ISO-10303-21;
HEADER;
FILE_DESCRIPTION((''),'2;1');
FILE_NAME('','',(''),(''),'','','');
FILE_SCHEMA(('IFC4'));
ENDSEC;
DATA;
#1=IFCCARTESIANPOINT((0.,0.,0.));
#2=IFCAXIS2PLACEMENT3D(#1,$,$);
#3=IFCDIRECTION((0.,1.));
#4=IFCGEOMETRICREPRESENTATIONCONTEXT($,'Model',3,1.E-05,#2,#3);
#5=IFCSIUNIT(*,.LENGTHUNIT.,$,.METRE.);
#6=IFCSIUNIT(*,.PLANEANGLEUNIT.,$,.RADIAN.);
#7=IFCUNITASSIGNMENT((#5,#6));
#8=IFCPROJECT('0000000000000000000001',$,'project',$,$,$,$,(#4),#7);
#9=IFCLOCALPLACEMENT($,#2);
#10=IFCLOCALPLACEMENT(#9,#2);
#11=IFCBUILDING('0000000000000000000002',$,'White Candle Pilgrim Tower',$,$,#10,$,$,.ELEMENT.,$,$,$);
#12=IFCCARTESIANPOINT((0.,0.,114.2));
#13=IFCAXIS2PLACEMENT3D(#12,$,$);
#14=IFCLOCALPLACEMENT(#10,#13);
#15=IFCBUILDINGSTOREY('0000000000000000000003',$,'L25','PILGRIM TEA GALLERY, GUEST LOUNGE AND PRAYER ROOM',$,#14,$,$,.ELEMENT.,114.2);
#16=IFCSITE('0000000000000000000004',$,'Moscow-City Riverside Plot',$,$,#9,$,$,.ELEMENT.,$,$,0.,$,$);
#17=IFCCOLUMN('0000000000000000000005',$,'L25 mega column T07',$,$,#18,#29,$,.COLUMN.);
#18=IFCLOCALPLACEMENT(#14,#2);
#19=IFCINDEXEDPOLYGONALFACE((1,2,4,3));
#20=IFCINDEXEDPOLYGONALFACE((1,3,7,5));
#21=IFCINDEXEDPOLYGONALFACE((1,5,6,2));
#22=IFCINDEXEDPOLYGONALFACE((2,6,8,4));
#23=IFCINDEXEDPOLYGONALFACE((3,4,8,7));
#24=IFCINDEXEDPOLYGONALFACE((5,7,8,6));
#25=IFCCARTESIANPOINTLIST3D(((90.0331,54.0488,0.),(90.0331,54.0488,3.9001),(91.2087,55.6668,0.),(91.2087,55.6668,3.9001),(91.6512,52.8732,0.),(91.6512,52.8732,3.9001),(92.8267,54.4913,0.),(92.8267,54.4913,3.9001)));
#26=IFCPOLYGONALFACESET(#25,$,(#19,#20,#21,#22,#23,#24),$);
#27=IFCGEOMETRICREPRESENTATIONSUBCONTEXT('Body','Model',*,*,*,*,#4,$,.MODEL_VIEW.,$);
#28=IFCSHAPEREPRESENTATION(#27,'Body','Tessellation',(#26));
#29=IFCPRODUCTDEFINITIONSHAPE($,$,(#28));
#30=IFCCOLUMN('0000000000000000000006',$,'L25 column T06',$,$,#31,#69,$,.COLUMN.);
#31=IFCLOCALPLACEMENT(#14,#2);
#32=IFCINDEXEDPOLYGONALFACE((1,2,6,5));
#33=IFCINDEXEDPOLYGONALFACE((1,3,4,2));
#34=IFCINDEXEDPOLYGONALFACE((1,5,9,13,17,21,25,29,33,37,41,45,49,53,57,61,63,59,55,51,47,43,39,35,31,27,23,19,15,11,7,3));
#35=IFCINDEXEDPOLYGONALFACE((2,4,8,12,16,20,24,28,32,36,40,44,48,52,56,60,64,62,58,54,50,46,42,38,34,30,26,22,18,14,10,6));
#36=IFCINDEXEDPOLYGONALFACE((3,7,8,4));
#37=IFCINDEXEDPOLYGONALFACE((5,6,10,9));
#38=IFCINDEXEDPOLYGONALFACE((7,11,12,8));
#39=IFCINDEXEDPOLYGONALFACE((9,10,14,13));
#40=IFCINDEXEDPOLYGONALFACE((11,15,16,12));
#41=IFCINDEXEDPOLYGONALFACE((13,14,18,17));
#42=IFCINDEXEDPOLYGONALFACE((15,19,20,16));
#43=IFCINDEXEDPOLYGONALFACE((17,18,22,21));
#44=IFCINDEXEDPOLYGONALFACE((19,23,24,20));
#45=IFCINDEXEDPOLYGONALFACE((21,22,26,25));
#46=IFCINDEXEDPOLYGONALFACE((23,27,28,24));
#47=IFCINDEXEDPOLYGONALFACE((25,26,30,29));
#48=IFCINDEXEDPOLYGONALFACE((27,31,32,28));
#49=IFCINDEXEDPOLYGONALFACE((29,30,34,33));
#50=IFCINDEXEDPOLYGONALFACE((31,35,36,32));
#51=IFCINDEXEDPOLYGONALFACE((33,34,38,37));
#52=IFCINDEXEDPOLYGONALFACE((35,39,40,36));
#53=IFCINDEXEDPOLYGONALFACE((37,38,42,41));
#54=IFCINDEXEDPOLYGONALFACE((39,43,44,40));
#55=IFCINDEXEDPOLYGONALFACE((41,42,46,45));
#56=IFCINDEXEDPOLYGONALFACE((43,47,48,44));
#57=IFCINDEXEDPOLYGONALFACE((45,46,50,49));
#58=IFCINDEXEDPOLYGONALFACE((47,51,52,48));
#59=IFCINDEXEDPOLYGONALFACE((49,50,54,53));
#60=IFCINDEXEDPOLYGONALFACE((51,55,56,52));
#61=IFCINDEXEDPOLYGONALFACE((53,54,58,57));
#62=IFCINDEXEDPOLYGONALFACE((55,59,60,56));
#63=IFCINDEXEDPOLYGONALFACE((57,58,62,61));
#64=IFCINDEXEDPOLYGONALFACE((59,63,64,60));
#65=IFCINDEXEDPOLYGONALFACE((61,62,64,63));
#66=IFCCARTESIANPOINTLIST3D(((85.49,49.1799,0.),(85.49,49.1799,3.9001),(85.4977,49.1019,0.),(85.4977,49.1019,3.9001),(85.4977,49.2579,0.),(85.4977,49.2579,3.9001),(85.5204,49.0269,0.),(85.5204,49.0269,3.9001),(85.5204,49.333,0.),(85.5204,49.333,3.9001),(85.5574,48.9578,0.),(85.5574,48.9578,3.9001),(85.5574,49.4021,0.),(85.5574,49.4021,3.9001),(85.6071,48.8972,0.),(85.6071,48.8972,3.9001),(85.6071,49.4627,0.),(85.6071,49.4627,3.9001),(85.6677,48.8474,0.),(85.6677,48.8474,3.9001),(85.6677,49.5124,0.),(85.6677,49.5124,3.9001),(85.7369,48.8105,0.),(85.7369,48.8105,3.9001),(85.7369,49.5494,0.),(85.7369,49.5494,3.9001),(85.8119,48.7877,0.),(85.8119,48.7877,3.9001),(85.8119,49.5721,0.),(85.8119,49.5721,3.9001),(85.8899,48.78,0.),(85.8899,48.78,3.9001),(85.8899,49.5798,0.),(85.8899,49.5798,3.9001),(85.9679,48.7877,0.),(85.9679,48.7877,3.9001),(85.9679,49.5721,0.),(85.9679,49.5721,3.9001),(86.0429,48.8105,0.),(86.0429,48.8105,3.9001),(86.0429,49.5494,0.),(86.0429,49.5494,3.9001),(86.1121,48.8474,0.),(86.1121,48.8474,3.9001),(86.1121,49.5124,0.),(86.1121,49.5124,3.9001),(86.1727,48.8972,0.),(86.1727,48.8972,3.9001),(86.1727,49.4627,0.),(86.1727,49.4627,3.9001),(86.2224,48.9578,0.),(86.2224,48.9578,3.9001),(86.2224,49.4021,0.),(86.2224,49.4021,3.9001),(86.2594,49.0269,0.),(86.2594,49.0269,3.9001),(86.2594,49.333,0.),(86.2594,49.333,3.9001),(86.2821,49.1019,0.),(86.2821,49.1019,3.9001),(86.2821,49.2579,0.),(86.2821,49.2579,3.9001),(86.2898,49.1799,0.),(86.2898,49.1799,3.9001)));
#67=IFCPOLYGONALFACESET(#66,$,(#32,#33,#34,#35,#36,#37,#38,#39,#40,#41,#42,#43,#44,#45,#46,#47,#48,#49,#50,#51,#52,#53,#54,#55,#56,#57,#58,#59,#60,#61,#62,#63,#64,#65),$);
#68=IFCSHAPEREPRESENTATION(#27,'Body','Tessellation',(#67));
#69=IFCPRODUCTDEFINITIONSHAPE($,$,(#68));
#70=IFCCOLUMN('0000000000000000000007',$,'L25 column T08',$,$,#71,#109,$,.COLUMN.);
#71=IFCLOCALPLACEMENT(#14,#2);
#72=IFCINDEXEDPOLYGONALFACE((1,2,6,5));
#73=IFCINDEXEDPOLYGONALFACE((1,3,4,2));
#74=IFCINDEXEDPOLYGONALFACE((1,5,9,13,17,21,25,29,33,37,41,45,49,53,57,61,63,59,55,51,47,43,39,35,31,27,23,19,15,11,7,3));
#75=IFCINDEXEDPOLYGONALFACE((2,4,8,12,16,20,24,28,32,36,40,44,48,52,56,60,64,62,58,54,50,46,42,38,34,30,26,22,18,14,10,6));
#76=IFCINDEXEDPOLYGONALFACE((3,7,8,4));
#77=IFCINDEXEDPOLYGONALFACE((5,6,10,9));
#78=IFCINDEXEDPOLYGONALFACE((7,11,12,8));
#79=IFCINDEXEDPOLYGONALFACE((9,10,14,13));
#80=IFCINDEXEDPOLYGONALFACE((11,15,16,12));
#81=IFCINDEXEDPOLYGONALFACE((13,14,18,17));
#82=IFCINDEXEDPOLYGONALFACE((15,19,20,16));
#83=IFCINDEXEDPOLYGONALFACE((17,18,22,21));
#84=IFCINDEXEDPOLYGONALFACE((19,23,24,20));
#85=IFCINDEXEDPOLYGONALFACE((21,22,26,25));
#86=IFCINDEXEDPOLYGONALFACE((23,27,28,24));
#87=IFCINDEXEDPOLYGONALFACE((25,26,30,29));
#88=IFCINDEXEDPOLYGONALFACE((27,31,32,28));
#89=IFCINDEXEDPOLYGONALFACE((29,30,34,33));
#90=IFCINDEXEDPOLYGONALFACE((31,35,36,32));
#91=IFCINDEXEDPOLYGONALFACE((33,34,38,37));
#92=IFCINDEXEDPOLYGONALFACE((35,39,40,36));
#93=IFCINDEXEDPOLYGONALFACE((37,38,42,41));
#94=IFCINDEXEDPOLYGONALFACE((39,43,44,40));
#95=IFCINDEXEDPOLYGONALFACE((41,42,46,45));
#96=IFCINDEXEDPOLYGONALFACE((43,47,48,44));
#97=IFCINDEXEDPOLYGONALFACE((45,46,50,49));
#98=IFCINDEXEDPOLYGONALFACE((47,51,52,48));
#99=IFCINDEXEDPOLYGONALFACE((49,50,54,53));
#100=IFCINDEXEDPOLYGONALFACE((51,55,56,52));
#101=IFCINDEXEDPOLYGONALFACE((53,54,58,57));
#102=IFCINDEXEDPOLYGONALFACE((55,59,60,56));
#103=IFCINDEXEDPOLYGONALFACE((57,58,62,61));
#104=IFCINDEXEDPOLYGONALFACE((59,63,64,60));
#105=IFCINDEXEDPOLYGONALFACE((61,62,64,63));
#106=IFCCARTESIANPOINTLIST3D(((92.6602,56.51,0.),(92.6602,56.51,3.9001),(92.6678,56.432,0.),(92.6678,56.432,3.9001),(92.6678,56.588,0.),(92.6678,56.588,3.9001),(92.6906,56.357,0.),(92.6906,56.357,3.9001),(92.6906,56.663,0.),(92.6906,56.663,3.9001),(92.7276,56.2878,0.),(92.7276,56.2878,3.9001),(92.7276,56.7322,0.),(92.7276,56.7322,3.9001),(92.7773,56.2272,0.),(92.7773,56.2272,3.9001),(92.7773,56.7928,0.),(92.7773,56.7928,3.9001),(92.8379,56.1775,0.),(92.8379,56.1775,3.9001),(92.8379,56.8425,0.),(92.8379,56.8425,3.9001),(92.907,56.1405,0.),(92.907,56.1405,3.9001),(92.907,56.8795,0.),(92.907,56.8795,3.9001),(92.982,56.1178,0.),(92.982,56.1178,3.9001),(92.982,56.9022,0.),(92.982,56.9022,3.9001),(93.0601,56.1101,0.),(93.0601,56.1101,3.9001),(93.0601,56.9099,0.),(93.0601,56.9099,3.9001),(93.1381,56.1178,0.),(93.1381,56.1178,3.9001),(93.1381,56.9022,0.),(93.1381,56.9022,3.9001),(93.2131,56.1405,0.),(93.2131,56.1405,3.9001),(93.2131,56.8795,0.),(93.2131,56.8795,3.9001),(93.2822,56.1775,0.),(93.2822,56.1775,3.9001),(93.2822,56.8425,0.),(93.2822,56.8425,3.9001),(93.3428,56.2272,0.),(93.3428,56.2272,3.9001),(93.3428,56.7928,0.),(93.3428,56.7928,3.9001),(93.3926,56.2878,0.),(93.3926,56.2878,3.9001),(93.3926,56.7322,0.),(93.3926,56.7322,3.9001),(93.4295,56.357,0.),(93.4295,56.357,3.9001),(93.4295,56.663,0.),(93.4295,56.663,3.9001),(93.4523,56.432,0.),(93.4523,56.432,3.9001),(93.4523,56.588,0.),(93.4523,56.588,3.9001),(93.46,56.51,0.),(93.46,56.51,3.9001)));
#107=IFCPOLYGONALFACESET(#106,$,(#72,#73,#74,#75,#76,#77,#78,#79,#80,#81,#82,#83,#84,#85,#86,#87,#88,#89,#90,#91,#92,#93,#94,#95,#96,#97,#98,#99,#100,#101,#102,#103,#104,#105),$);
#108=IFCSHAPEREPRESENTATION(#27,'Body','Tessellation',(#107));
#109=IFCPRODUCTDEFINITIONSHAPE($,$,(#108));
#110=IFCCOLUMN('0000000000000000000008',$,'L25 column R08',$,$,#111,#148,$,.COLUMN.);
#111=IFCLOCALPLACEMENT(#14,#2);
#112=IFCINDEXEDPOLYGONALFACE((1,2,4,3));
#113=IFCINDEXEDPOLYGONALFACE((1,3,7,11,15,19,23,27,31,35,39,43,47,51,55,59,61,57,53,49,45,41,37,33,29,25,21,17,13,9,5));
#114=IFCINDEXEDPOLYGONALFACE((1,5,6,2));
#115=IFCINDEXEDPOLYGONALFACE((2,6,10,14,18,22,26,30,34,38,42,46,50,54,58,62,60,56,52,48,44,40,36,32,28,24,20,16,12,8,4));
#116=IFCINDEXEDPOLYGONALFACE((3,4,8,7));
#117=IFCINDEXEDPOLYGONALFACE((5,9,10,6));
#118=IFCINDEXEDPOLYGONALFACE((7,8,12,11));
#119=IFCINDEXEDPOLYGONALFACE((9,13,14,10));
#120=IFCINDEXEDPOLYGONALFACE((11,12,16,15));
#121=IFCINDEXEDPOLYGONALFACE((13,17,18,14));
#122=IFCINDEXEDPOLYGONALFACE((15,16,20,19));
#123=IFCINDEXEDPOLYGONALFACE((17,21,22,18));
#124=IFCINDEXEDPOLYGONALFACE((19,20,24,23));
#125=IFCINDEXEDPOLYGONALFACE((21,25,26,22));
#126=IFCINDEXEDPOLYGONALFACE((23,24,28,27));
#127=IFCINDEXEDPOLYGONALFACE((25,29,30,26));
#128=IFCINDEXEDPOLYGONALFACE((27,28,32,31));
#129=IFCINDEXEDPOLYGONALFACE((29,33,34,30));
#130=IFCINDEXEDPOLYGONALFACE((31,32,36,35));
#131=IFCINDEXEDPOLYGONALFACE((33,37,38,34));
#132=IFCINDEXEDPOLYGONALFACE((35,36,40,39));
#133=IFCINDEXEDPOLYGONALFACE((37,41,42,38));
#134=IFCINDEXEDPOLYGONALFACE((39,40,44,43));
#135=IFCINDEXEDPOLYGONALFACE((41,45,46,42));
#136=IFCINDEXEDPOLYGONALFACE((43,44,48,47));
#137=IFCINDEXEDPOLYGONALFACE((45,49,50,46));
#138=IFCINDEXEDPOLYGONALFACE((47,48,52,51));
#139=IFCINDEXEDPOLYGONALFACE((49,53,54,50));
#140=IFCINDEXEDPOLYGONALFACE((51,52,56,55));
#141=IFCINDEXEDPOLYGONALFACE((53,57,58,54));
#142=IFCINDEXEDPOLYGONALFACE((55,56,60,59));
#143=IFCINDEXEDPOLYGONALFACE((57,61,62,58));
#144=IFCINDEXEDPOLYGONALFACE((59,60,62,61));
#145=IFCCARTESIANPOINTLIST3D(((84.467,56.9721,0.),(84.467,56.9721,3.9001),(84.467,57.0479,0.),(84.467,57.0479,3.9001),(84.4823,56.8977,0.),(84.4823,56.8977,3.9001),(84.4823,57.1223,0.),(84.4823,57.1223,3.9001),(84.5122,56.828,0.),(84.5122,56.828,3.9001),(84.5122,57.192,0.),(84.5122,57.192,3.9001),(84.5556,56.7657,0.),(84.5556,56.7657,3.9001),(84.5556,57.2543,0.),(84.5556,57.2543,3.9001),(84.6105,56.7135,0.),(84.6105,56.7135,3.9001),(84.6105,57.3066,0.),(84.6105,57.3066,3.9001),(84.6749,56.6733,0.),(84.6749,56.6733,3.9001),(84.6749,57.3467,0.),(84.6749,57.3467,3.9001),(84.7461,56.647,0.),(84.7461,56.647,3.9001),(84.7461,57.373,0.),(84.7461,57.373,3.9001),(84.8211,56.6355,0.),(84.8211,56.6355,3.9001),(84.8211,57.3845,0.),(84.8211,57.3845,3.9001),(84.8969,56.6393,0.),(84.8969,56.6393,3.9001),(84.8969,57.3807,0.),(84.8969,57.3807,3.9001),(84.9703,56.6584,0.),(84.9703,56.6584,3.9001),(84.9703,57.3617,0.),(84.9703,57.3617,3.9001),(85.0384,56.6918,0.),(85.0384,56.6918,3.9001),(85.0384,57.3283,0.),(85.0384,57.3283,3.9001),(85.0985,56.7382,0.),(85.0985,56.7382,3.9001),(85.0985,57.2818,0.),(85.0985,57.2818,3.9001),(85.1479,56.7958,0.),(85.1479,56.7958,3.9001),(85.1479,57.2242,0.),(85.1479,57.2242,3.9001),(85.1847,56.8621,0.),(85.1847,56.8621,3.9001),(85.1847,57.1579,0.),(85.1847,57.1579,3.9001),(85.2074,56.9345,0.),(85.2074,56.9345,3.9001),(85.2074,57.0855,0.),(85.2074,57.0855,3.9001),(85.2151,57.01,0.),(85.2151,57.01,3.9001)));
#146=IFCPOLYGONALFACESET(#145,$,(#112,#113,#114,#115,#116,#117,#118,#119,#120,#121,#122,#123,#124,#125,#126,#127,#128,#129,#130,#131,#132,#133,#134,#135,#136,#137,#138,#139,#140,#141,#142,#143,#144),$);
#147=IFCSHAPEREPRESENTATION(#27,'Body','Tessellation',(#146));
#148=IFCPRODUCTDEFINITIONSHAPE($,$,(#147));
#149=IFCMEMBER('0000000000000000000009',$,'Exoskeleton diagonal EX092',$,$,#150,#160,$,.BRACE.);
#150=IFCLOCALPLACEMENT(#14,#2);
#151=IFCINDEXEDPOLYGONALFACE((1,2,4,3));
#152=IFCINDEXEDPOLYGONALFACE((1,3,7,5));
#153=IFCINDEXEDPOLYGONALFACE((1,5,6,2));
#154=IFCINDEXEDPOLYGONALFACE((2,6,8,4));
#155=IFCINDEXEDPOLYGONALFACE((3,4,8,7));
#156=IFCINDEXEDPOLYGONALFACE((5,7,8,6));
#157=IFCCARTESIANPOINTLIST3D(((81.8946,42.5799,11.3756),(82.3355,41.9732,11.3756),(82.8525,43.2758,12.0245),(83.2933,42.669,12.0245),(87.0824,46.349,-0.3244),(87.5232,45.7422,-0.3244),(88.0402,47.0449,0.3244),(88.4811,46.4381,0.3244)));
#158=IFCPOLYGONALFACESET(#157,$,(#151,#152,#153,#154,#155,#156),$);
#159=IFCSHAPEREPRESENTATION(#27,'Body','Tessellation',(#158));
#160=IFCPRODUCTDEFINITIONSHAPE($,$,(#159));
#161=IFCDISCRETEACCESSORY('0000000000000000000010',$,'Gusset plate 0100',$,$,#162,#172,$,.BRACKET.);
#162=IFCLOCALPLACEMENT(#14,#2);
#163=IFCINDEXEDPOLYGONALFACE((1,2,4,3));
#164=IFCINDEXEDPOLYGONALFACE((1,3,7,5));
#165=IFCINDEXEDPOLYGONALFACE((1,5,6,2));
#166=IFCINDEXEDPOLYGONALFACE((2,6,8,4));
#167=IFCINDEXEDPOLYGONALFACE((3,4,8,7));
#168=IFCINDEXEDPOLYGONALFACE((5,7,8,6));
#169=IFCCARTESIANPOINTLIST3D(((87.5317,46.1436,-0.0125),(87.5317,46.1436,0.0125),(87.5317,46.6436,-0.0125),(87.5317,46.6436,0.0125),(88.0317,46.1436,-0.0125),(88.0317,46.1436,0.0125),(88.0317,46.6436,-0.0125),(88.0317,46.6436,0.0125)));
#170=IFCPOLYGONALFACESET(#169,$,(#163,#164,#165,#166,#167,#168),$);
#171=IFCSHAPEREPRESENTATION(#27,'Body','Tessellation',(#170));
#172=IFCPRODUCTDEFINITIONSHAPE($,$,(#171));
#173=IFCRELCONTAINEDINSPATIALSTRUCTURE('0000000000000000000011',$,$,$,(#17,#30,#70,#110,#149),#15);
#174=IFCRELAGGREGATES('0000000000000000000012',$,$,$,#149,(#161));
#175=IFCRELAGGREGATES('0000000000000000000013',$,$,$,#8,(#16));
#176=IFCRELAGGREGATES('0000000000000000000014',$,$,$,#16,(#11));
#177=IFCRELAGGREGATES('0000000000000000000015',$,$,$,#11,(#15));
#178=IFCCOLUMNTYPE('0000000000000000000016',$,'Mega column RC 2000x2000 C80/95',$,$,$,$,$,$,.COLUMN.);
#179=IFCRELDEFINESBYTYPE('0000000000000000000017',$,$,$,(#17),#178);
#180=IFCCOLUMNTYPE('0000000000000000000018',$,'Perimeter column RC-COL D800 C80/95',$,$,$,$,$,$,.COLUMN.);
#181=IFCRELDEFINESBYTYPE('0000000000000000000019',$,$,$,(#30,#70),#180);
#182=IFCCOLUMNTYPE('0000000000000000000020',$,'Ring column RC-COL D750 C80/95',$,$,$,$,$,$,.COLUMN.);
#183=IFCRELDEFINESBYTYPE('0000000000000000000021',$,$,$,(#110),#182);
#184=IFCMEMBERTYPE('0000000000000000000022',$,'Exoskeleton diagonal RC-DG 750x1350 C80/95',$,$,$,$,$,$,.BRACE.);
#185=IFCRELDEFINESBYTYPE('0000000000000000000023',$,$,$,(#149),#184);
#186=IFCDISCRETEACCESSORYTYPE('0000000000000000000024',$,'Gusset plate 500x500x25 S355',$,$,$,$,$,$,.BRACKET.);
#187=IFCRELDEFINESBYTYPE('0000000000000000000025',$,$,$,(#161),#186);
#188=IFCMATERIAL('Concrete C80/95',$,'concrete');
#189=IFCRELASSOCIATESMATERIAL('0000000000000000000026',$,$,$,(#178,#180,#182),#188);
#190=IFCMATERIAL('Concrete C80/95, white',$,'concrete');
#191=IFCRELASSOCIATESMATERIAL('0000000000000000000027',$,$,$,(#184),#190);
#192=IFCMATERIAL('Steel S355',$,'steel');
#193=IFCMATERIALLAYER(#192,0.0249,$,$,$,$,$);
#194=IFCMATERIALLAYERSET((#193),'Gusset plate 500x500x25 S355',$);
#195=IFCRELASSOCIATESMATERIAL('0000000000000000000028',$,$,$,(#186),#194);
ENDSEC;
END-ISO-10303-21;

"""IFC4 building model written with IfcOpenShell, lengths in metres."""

from ifc_helpers import new_model, si_unit, direction, frame, origin, origin_2d, place, context, subcontext, project, spatial, rectangle, circle, extrude, material, layer, layer_set, material_profile, profile_set, type_object, element, aggregate, save


model = new_model("IFC4")

# Units and contexts
model_context = context("Model", 3, precision=1e-05, world=origin(), true_north=direction((0.0, 1.0)))
body_context = subcontext(model_context, "Body", "Model", "MODEL_VIEW")
ifc_project = project(units=[si_unit("LENGTHUNIT", "METRE"), si_unit("PLANEANGLEUNIT", "RADIAN")], contexts=[model_context])

# Site, building, storey
site_placement = place(None, origin())
site = spatial("IfcSite", under=ifc_project, at=site_placement, Name="Moscow-City Riverside Plot", CompositionType="ELEMENT", RefElevation=0.0)
building_placement = place(site_placement, origin())
building = spatial("IfcBuilding", under=site, at=building_placement, Name="White Candle Pilgrim Tower", CompositionType="ELEMENT")
storey_placement = place(building_placement, frame((0.0, 0.0, 114.2)))
storey = spatial("IfcBuildingStorey", under=building, at=storey_placement, Name="L25", Description="PILGRIM TEA GALLERY, GUEST LOUNGE AND PRAYER ROOM", CompositionType="ELEMENT", Elevation=114.2)

# Columns
ifc_material_1 = material(Name="Concrete C80/95", Category="concrete")
ifc_material_profile_1 = material_profile(ifc_material_1, rectangle(XDim=2.0, YDim=2.0, at=origin_2d()), Name="RC 2000x2000")
ifc_profile_set_1 = profile_set([ifc_material_profile_1], Name="Concrete C80/95")
column_type_1 = type_object("IfcColumnType", Name="Mega column RC 2000x2000 C80/95", PredefinedType="COLUMN", material=ifc_profile_set_1)
column_1_placement = place(storey_placement, frame((91.4299, 54.27, 0.0), z_axis=(0.0, 0.0, 1.0), x_axis=(0.809017, -0.587785, 0.0)))
element("IfcColumn", 1, at=column_1_placement, inside=storey, type_object=column_type_1, Name="L25 mega column T07", PredefinedType="COLUMN", context=body_context, shape_type="SweptSolid", body=[
    extrude(rectangle(XDim=2.0, YDim=2.0, at=origin_2d()), origin(), (0.0, 0.0, 1.0), 3.9001),
])
ifc_material_profile_2 = material_profile(ifc_material_1, circle(Radius=0.3999, at=origin_2d()), Name="RC-COL D800")
ifc_profile_set_2 = profile_set([ifc_material_profile_2], Name="Concrete C80/95")
column_type_2 = type_object("IfcColumnType", Name="Perimeter column RC-COL D800 C80/95", PredefinedType="COLUMN", material=ifc_profile_set_2)
for number, where, z_axis, x_axis, name in (
    (2, (85.8899, 49.1799, 0.0), (0.0, 0.0, 1.0), (1.0, 0.0, 0.0), "L25 column T06"),
    (3, (93.0601, 56.51, 0.0), (0.0, 0.0, 1.0), (1.0, 0.0, 0.0), "L25 column T08"),
):
    element("IfcColumn", number, at=place(storey_placement, frame(where, z_axis=z_axis, x_axis=x_axis)), inside=storey, type_object=column_type_2, Name=name, PredefinedType="COLUMN", context=body_context, shape_type="SweptSolid", body=[
        extrude(circle(Radius=0.3999, at=origin_2d()), origin(), (0.0, 0.0, 1.0), 3.9001),
    ])
ifc_material_profile_3 = material_profile(ifc_material_1, circle(Radius=0.375, at=origin_2d()), Name="RC-COL D750")
ifc_profile_set_3 = profile_set([ifc_material_profile_3], Name="Concrete C80/95")
column_type_3 = type_object("IfcColumnType", Name="Ring column RC-COL D750 C80/95", PredefinedType="COLUMN", material=ifc_profile_set_3)
column_2_placement = place(storey_placement, frame((84.8401, 57.01, 0.0), z_axis=(0.0, 0.0, 1.0), x_axis=(1.0, 0.0, 0.0)))
element("IfcColumn", 4, at=column_2_placement, inside=storey, type_object=column_type_3, Name="L25 column R08", PredefinedType="COLUMN", context=body_context, shape_type="SweptSolid", body=[
    extrude(circle(Radius=0.375, at=origin_2d()), origin(), (0.0, 0.0, 1.0), 3.9001),
])

# Member
ifc_material_2 = material(Name="Concrete C80/95, white", Category="concrete")
ifc_material_profile_4 = material_profile(ifc_material_2, rectangle(XDim=0.75, YDim=1.3501, at=origin_2d()), Name="RC-DG 750x1350")
ifc_profile_set_4 = profile_set([ifc_material_profile_4], Name="Concrete C80/95, white")
member_type_1 = type_object("IfcMemberType", Name="Exoskeleton diagonal RC-DG 750x1350 C80/95", PredefinedType="BRACE", material=ifc_profile_set_4)
member_1_placement = place(storey_placement, frame((87.7817, 46.3936, 0.0), z_axis=(-0.38883, -0.282496, 0.876931), x_axis=(0.587778, -0.809022, 0.0)))
member_1 = element("IfcMember", 5, at=member_1_placement, inside=storey, type_object=member_type_1, Name="Exoskeleton diagonal EX092", PredefinedType="BRACE", context=body_context, shape_type="SweptSolid", body=[
    extrude(rectangle(XDim=0.75, YDim=1.3501, at=origin_2d()), origin(), (0.0, 0.0, 1.0), 13.342),
])

# Discrete accessory
ifc_material_3 = material(Name="Steel S355", Category="steel")
ifc_layer_1 = layer(ifc_material_3, 0.0249)
ifc_layer_set_1 = layer_set([ifc_layer_1], Name="Gusset plate 500x500x25 S355")
discrete_accessory_type = type_object("IfcDiscreteAccessoryType", Name="Gusset plate 500x500x25 S355", PredefinedType="BRACKET", material=ifc_layer_set_1)
discrete_accessory_1_placement = place(storey_placement, frame((87.7817, 46.3936, -0.0125), z_axis=(0.0, 0.0, 1.0), x_axis=(1.0, 0.0, 0.0)))
discrete_accessory_1 = element("IfcDiscreteAccessory", 6, at=discrete_accessory_1_placement, type_object=discrete_accessory_type, Name="Gusset plate 0100", PredefinedType="BRACKET", context=body_context, shape_type="SweptSolid", body=[
    extrude(rectangle(XDim=0.5, YDim=0.5, at=origin_2d()), origin(), (0.0, 0.0, 1.0), 0.0249),
])
aggregate(member_1, [discrete_accessory_1])

save(model, "model.ifc")
